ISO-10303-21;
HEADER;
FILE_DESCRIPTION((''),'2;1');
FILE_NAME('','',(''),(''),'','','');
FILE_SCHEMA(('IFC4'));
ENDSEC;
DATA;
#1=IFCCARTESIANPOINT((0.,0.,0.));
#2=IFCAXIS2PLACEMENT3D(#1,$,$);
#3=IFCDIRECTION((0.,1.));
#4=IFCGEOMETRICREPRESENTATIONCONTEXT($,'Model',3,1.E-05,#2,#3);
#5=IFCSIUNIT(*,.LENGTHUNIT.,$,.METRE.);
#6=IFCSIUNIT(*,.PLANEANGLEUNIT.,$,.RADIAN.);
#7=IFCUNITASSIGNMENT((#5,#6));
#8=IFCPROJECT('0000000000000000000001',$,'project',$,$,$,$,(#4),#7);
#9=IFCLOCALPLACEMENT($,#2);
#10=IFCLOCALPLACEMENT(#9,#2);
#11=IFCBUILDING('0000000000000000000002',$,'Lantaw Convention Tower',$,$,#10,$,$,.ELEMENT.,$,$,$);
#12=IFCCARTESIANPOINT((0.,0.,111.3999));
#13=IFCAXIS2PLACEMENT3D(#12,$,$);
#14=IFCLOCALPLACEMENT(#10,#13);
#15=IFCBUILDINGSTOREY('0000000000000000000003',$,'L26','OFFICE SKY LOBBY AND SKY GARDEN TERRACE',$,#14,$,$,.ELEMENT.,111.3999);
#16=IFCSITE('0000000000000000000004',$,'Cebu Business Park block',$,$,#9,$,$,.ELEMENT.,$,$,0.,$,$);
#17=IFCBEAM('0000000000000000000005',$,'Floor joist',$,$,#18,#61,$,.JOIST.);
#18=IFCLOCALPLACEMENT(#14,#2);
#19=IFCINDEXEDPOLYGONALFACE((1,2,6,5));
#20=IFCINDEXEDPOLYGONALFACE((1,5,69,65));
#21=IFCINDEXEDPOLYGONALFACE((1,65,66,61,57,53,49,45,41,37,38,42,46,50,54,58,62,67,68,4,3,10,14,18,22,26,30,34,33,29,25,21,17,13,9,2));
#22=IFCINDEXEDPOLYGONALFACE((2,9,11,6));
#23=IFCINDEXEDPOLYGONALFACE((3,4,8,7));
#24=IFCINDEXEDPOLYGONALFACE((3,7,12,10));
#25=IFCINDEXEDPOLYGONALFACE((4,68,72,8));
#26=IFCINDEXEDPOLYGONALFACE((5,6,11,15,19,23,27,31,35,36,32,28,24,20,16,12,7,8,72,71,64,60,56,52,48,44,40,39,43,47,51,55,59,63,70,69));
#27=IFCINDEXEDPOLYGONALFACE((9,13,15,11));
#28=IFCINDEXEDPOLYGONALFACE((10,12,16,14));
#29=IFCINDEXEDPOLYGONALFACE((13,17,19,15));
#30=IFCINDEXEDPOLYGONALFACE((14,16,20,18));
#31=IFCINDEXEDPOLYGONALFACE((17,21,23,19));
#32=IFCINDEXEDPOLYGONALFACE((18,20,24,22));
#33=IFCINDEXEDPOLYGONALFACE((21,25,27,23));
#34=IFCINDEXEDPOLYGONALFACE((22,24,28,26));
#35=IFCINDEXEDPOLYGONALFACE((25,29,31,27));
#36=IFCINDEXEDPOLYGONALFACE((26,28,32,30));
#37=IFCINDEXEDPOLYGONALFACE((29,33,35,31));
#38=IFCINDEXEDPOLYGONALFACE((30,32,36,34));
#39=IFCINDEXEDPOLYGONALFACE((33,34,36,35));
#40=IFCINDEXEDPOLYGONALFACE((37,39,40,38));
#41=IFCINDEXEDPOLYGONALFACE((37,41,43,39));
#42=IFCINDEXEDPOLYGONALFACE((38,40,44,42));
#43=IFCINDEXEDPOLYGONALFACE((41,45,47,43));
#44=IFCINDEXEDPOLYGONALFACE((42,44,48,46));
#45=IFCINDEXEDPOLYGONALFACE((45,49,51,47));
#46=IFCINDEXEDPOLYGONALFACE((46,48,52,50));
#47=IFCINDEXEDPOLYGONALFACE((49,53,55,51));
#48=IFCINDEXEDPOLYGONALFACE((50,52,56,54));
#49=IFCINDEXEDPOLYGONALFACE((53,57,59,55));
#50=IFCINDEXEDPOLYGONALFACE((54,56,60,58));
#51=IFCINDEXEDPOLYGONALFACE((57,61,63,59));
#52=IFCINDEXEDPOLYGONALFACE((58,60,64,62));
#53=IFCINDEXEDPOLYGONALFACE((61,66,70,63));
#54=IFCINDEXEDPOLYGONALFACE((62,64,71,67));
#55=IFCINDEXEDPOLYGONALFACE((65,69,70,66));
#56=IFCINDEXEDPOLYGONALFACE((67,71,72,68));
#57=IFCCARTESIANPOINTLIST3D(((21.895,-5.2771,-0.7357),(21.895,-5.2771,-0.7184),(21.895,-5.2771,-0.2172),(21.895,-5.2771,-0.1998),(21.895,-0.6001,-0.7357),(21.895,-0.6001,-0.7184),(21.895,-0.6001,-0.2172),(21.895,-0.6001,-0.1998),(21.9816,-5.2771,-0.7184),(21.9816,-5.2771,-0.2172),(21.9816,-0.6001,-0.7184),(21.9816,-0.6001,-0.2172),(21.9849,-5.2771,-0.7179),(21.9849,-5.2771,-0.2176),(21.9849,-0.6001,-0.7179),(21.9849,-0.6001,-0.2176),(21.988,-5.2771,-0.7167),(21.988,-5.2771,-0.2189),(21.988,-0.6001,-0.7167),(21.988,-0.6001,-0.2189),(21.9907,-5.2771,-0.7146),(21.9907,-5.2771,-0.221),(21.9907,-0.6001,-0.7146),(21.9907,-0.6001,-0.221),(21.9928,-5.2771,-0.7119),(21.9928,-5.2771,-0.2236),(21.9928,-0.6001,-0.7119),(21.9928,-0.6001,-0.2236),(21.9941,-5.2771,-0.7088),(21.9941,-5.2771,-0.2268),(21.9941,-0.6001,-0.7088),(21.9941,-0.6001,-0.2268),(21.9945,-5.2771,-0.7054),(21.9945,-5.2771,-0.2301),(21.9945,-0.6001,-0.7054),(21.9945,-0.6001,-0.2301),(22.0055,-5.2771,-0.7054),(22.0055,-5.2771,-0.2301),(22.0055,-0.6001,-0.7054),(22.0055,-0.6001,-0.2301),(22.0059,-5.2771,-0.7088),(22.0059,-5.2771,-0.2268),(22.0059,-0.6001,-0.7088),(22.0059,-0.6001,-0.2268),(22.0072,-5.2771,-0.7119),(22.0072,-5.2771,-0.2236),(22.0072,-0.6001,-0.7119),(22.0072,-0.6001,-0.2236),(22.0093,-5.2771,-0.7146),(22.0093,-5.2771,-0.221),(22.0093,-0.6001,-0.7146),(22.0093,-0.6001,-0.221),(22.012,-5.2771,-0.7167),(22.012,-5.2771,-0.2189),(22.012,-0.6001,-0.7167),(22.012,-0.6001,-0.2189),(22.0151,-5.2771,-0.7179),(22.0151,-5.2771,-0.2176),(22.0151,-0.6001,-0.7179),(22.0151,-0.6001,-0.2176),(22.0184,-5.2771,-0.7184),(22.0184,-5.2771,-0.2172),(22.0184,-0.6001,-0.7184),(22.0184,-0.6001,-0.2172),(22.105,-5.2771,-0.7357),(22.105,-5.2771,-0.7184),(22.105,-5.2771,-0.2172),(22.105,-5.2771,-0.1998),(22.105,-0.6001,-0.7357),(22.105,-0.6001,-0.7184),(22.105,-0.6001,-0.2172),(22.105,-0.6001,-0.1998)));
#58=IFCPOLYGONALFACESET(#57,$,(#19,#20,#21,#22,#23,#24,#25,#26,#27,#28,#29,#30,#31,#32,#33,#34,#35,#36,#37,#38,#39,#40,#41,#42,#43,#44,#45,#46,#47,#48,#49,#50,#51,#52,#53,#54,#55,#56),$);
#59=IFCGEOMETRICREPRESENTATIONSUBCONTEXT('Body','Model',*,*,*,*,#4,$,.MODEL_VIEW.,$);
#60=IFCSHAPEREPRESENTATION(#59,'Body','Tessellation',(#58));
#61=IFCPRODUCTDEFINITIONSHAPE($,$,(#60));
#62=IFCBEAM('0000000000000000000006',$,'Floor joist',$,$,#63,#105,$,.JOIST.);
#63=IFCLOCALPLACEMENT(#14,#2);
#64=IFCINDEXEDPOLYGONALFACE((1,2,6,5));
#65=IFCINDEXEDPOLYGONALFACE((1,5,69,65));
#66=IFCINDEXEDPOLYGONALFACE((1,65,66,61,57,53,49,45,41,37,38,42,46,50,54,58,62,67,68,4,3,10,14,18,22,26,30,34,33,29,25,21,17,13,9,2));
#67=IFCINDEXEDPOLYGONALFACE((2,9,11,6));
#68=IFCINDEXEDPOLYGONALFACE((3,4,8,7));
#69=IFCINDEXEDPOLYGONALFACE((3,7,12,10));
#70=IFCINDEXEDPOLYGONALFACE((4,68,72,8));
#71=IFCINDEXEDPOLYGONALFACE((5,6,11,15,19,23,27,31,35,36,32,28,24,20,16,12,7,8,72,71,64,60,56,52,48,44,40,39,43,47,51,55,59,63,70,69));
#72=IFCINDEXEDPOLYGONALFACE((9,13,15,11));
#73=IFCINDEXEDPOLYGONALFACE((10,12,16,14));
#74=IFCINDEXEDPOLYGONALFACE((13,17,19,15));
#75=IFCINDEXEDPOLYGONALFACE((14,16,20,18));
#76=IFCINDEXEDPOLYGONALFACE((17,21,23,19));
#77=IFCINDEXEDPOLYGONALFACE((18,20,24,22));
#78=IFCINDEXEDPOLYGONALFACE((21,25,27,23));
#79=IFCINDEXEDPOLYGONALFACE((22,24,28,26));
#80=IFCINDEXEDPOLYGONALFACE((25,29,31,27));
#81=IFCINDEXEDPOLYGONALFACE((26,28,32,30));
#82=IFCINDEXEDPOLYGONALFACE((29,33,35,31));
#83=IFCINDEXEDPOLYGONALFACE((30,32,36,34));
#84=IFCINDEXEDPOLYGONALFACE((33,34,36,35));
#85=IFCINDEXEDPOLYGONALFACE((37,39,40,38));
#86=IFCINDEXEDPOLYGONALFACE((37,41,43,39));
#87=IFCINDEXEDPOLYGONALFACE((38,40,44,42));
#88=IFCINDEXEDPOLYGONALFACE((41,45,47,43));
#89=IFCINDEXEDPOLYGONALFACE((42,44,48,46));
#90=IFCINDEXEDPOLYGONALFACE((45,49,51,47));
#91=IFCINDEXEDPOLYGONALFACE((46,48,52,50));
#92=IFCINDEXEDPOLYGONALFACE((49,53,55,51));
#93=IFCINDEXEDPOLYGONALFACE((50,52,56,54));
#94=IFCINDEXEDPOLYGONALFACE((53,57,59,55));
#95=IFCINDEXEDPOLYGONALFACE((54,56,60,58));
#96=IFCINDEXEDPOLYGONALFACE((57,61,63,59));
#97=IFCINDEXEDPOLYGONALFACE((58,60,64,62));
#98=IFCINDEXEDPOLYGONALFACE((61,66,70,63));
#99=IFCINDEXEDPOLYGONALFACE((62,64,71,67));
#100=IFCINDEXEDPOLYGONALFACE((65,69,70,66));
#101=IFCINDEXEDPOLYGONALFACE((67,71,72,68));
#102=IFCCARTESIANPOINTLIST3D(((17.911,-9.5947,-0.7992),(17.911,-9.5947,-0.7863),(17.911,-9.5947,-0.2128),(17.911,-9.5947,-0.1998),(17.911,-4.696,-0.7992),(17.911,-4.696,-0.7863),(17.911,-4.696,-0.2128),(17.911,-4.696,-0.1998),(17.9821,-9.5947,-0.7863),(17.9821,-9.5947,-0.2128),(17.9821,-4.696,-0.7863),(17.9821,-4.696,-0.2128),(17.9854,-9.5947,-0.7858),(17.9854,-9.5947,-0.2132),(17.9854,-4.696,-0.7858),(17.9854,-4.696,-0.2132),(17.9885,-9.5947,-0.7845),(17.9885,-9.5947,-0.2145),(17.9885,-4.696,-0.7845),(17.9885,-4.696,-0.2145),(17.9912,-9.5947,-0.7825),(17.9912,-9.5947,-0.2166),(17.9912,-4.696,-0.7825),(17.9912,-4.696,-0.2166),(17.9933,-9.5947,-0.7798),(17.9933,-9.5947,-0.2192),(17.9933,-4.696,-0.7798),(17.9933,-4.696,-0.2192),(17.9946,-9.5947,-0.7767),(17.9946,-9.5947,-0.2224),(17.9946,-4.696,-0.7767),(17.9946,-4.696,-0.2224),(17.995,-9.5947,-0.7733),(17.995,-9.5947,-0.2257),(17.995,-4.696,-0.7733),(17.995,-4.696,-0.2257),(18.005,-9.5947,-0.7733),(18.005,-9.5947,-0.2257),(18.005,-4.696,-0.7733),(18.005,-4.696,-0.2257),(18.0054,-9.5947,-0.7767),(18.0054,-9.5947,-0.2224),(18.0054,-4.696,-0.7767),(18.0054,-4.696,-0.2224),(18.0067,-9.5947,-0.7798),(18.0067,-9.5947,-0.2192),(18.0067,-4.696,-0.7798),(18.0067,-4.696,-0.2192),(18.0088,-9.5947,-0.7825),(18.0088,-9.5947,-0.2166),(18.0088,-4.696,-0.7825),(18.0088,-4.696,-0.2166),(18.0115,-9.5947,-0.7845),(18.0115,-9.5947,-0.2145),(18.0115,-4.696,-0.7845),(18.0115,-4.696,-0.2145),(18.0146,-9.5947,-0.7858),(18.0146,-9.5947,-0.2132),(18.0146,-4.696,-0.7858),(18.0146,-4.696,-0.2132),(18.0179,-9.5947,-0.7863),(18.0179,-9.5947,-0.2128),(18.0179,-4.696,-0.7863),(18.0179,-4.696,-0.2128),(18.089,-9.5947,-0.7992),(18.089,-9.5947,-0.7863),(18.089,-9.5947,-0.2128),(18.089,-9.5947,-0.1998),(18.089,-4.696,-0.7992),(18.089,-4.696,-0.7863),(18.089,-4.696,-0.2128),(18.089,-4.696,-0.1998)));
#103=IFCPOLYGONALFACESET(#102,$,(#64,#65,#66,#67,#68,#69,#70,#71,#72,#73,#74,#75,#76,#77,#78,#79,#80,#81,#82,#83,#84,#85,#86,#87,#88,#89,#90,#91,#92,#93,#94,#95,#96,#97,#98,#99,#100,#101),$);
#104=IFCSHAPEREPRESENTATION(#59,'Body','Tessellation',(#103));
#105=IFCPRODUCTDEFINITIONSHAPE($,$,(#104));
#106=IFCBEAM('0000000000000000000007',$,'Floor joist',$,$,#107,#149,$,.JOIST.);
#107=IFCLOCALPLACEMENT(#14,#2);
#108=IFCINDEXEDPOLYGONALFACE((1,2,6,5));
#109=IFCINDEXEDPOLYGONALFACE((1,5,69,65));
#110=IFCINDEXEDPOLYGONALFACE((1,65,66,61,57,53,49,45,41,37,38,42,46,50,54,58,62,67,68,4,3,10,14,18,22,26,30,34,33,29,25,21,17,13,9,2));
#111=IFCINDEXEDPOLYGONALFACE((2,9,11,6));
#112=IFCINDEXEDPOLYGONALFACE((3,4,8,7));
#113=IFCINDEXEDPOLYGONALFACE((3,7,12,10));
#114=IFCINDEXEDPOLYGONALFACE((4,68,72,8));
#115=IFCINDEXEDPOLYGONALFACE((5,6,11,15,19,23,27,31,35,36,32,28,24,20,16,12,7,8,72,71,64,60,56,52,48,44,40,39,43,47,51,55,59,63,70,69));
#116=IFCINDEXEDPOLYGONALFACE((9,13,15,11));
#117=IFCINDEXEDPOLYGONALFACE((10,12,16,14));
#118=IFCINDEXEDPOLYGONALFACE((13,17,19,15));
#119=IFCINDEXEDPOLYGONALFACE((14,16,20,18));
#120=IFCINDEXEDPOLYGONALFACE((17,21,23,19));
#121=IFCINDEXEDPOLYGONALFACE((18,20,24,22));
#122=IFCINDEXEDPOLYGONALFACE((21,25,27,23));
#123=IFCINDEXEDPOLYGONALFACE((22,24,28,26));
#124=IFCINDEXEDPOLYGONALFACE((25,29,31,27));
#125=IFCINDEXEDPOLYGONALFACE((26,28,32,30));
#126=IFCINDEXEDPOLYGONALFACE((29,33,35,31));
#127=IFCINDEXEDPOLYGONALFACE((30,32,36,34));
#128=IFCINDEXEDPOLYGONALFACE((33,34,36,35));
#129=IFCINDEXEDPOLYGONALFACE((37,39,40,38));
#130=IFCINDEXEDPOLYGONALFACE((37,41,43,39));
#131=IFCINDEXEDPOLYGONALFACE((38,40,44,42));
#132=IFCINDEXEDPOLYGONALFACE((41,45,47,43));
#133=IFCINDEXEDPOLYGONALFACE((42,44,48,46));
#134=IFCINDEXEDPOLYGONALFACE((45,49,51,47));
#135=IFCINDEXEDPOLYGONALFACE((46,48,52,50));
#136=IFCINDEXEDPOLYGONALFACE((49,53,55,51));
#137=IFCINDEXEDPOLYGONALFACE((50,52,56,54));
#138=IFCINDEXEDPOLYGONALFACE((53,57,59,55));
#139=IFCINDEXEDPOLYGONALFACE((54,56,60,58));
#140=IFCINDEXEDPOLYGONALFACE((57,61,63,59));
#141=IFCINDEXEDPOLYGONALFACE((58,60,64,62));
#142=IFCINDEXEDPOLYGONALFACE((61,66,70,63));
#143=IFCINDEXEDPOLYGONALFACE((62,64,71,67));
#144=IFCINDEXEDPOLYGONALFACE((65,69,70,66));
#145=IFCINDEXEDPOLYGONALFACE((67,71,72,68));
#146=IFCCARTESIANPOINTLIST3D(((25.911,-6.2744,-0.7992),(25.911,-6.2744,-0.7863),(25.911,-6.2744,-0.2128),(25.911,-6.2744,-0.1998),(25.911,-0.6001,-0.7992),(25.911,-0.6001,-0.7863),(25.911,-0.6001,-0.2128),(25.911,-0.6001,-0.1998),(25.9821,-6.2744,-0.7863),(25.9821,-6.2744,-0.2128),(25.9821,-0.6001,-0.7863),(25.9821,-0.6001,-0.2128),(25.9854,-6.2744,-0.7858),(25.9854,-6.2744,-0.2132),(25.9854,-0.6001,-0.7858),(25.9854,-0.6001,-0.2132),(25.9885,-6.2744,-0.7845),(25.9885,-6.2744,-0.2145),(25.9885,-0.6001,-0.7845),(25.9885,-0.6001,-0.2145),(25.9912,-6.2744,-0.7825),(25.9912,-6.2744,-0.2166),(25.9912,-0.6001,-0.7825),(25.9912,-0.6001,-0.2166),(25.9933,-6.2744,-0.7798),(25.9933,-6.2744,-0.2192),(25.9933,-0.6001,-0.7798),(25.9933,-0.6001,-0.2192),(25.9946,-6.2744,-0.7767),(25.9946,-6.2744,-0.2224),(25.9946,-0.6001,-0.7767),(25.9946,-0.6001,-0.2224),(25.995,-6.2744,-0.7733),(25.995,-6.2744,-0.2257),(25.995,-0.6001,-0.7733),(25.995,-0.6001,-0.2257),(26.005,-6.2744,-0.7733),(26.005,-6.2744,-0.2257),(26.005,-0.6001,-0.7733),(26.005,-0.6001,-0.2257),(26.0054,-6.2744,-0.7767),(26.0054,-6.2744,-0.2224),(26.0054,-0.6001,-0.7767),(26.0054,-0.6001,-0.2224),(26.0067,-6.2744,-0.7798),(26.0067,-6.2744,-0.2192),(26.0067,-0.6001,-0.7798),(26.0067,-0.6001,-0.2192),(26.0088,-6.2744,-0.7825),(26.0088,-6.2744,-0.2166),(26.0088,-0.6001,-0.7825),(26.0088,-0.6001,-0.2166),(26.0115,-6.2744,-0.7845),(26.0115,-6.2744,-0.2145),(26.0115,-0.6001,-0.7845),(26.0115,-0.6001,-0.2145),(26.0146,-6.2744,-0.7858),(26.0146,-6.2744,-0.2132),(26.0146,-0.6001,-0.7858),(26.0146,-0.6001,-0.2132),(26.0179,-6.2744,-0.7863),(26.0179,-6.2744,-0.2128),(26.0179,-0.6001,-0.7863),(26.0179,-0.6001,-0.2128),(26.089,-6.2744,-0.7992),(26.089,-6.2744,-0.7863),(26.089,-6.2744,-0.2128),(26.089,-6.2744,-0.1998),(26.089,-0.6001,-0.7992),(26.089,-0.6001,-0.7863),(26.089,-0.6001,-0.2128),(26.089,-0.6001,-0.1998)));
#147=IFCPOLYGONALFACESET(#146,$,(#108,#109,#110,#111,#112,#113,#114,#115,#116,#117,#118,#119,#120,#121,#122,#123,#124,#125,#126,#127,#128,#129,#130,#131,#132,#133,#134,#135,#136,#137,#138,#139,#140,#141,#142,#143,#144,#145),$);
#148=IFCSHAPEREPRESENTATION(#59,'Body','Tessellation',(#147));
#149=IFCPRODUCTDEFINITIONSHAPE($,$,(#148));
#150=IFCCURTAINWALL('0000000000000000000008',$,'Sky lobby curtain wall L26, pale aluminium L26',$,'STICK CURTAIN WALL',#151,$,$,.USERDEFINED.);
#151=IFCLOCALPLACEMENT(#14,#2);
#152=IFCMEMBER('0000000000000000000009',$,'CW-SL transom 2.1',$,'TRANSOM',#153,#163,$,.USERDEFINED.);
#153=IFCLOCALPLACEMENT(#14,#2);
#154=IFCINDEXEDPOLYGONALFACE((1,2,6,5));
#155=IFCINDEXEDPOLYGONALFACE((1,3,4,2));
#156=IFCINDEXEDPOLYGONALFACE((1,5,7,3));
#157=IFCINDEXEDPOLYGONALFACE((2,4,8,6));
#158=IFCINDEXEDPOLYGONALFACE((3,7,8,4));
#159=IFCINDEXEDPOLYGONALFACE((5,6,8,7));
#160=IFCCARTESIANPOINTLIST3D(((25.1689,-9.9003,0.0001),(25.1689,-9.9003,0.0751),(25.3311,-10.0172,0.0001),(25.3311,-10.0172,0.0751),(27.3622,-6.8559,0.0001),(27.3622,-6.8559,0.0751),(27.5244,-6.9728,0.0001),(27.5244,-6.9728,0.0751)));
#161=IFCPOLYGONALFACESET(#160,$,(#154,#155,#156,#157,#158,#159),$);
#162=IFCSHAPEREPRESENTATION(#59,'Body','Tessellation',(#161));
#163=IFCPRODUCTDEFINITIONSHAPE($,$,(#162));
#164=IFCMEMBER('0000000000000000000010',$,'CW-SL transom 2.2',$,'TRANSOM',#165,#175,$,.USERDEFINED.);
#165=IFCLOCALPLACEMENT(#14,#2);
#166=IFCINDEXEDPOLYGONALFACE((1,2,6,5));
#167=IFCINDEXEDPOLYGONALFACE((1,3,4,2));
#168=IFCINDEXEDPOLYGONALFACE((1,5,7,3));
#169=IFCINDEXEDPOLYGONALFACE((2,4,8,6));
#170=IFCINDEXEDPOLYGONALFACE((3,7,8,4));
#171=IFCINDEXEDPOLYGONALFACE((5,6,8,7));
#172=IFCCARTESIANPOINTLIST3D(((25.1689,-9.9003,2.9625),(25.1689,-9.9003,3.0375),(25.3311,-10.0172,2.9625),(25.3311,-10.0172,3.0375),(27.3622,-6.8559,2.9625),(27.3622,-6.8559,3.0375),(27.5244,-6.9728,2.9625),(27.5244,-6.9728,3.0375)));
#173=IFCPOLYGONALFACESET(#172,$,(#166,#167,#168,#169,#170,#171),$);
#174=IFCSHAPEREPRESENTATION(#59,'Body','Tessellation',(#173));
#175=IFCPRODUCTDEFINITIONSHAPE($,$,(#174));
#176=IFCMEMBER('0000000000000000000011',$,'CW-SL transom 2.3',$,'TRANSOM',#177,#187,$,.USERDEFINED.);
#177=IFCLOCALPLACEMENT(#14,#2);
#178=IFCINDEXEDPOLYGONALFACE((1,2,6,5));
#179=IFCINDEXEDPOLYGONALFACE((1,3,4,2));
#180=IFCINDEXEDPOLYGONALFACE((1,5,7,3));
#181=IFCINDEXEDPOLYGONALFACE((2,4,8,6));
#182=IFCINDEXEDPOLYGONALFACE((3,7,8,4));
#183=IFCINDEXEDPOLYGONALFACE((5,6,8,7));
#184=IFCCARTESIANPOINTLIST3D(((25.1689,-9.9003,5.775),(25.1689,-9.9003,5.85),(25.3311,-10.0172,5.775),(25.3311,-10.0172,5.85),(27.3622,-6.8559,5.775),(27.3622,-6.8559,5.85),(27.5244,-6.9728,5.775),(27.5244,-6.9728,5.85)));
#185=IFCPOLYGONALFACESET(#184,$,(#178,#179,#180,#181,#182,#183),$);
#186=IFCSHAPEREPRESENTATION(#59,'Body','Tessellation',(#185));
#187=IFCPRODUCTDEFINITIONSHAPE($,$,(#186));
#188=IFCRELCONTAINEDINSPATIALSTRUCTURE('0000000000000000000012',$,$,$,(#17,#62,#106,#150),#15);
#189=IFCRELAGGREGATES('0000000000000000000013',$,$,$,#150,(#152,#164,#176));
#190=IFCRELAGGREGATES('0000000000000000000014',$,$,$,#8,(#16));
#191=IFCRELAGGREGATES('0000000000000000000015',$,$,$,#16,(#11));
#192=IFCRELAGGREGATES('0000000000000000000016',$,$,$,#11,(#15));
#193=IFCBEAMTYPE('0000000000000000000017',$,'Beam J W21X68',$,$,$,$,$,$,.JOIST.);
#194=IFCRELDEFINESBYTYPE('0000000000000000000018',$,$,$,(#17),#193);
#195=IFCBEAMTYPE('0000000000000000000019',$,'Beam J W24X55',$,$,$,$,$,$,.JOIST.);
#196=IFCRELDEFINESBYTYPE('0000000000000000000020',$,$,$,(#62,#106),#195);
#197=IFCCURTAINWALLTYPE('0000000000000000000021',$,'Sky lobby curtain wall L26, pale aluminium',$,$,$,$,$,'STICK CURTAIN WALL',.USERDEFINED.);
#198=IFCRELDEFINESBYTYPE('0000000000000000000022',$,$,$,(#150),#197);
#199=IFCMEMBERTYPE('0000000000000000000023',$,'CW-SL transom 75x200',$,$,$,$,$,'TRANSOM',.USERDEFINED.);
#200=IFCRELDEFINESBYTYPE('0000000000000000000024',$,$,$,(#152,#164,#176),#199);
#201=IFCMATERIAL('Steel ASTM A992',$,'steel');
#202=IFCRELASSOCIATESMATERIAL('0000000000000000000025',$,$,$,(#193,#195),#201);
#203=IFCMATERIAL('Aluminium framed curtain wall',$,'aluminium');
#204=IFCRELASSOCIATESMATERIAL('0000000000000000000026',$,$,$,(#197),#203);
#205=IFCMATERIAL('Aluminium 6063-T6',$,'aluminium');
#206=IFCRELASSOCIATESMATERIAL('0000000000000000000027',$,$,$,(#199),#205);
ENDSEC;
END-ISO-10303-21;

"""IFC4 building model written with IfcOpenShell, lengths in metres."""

from ifc_helpers import new_model, si_unit, direction, frame, origin, origin_2d, place, context, subcontext, project, spatial, rectangle, i_section, extrude, material, material_profile, profile_set, type_object, element, aggregate, save


model = new_model("IFC4")

# Units and contexts
model_context = context("Model", 3, precision=1e-05, world=origin(), true_north=direction((0.0, 1.0)))
body_context = subcontext(model_context, "Body", "Model", "MODEL_VIEW")
ifc_project = project(units=[si_unit("LENGTHUNIT", "METRE"), si_unit("PLANEANGLEUNIT", "RADIAN")], contexts=[model_context])

# Site, building, storey
site_placement = place(None, origin())
site = spatial("IfcSite", under=ifc_project, at=site_placement, Name="Cebu Business Park block", CompositionType="ELEMENT", RefElevation=0.0)
building_placement = place(site_placement, origin())
building = spatial("IfcBuilding", under=site, at=building_placement, Name="Lantaw Convention Tower", CompositionType="ELEMENT")
storey_placement = place(building_placement, frame((0.0, 0.0, 111.3999)))
storey = spatial("IfcBuildingStorey", under=building, at=storey_placement, Name="L26", Description="OFFICE SKY LOBBY AND SKY GARDEN TERRACE", CompositionType="ELEMENT", Elevation=111.3999)

# Beams
ifc_material_1 = material(Name="Steel ASTM A992", Category="steel")
ifc_material_profile_1 = material_profile(ifc_material_1, i_section(OverallWidth=0.21, OverallDepth=0.5359, WebThickness=0.011, FlangeThickness=0.0173, FilletRadius=0.0129, at=origin_2d()), Name="W21X68")
ifc_profile_set_1 = profile_set([ifc_material_profile_1], Name="Steel ASTM A992")
beam_type_1 = type_object("IfcBeamType", Name="Beam J W21X68", PredefinedType="JOIST", material=ifc_profile_set_1)
beam_1_placement = place(storey_placement, frame((22.0, -5.2771, -0.4678), z_axis=(0.0, 1.0, 0.0), x_axis=(-1.0, 0.0, 0.0)))
element("IfcBeam", 1, at=beam_1_placement, inside=storey, type_object=beam_type_1, Name="Floor joist", PredefinedType="JOIST", context=body_context, shape_type="SweptSolid", body=[
    extrude(i_section(OverallWidth=0.21, OverallDepth=0.5359, WebThickness=0.011, FlangeThickness=0.0173, FilletRadius=0.0129, at=origin_2d()), origin(), (0.0, 0.0, 1.0), 4.677),
])
ifc_material_profile_2 = material_profile(ifc_material_1, i_section(OverallWidth=0.178, OverallDepth=0.5994, WebThickness=0.01, FlangeThickness=0.0129, FilletRadius=0.0129, at=origin_2d()), Name="W24X55")
ifc_profile_set_2 = profile_set([ifc_material_profile_2], Name="Steel ASTM A992")
beam_type_2 = type_object("IfcBeamType", Name="Beam J W24X55", PredefinedType="JOIST", material=ifc_profile_set_2)
beam_2_placement = place(storey_placement, frame((18.0, -9.5947, -0.4995), z_axis=(0.0, 1.0, 0.0), x_axis=(-1.0, 0.0, 0.0)))
element("IfcBeam", 2, at=beam_2_placement, inside=storey, type_object=beam_type_2, Name="Floor joist", PredefinedType="JOIST", context=body_context, shape_type="SweptSolid", body=[
    extrude(i_section(OverallWidth=0.178, OverallDepth=0.5994, WebThickness=0.01, FlangeThickness=0.0129, FilletRadius=0.0129, at=origin_2d()), origin(), (0.0, 0.0, 1.0), 4.8987),
])
beam_3_placement = place(storey_placement, frame((26.0, -6.2744, -0.4995), z_axis=(0.0, 1.0, 0.0), x_axis=(-1.0, 0.0, 0.0)))
element("IfcBeam", 3, at=beam_3_placement, inside=storey, type_object=beam_type_2, Name="Floor joist", PredefinedType="JOIST", context=body_context, shape_type="SweptSolid", body=[
    extrude(i_section(OverallWidth=0.178, OverallDepth=0.5994, WebThickness=0.01, FlangeThickness=0.0129, FilletRadius=0.0129, at=origin_2d()), origin(), (0.0, 0.0, 1.0), 5.6743),
])

# Curtain wall, members
ifc_material_2 = material(Name="Aluminium framed curtain wall", Category="aluminium")
curtain_wall_type = type_object("IfcCurtainWallType", Name="Sky lobby curtain wall L26, pale aluminium", ElementType="STICK CURTAIN WALL", PredefinedType="USERDEFINED", material=ifc_material_2)
curtain_wall_placement = place(storey_placement, origin())
curtain_wall = element("IfcCurtainWall", 4, at=curtain_wall_placement, inside=storey, type_object=curtain_wall_type, Name="Sky lobby curtain wall L26, pale aluminium L26", ObjectType="STICK CURTAIN WALL", PredefinedType="USERDEFINED")
ifc_material_3 = material(Name="Aluminium 6063-T6", Category="aluminium")
ifc_material_profile_3 = material_profile(ifc_material_3, rectangle(XDim=0.2, YDim=0.075, at=origin_2d()), Name="CW-SL transom 75x200")
ifc_profile_set_3 = profile_set([ifc_material_profile_3], Name="Aluminium 6063-T6")
member_type = type_object("IfcMemberType", Name="CW-SL transom 75x200", ElementType="TRANSOM", PredefinedType="USERDEFINED", material=ifc_profile_set_3)
member_1_placement = place(storey_placement, frame((25.25, -9.9587, 0.0376), z_axis=(0.584545, 0.811362, 0.0), x_axis=(-0.811362, 0.584545, 0.0)))
member_1 = element("IfcMember", 5, at=member_1_placement, type_object=member_type, Name="CW-SL transom 2.1", ObjectType="TRANSOM", PredefinedType="USERDEFINED", context=body_context, shape_type="SweptSolid", body=[
    extrude(rectangle(XDim=0.2, YDim=0.075, at=origin_2d()), origin(), (0.0, 0.0, 1.0), 3.7522),
])
member_2_placement = place(storey_placement, frame((25.25, -9.9587, 3.0), z_axis=(0.584545, 0.811362, 0.0), x_axis=(-0.811362, 0.584545, 0.0)))
member_2 = element("IfcMember", 6, at=member_2_placement, type_object=member_type, Name="CW-SL transom 2.2", ObjectType="TRANSOM", PredefinedType="USERDEFINED", context=body_context, shape_type="SweptSolid", body=[
    extrude(rectangle(XDim=0.2, YDim=0.075, at=origin_2d()), origin(), (0.0, 0.0, 1.0), 3.7522),
])
member_3_placement = place(storey_placement, frame((25.25, -9.9587, 5.8125), z_axis=(0.584545, 0.811362, 0.0), x_axis=(-0.811362, 0.584545, 0.0)))
member_3 = element("IfcMember", 7, at=member_3_placement, type_object=member_type, Name="CW-SL transom 2.3", ObjectType="TRANSOM", PredefinedType="USERDEFINED", context=body_context, shape_type="SweptSolid", body=[
    extrude(rectangle(XDim=0.2, YDim=0.075, at=origin_2d()), origin(), (0.0, 0.0, 1.0), 3.7522),
])
aggregate(curtain_wall, [member_1, member_2, member_3])

save(model, "model.ifc")
